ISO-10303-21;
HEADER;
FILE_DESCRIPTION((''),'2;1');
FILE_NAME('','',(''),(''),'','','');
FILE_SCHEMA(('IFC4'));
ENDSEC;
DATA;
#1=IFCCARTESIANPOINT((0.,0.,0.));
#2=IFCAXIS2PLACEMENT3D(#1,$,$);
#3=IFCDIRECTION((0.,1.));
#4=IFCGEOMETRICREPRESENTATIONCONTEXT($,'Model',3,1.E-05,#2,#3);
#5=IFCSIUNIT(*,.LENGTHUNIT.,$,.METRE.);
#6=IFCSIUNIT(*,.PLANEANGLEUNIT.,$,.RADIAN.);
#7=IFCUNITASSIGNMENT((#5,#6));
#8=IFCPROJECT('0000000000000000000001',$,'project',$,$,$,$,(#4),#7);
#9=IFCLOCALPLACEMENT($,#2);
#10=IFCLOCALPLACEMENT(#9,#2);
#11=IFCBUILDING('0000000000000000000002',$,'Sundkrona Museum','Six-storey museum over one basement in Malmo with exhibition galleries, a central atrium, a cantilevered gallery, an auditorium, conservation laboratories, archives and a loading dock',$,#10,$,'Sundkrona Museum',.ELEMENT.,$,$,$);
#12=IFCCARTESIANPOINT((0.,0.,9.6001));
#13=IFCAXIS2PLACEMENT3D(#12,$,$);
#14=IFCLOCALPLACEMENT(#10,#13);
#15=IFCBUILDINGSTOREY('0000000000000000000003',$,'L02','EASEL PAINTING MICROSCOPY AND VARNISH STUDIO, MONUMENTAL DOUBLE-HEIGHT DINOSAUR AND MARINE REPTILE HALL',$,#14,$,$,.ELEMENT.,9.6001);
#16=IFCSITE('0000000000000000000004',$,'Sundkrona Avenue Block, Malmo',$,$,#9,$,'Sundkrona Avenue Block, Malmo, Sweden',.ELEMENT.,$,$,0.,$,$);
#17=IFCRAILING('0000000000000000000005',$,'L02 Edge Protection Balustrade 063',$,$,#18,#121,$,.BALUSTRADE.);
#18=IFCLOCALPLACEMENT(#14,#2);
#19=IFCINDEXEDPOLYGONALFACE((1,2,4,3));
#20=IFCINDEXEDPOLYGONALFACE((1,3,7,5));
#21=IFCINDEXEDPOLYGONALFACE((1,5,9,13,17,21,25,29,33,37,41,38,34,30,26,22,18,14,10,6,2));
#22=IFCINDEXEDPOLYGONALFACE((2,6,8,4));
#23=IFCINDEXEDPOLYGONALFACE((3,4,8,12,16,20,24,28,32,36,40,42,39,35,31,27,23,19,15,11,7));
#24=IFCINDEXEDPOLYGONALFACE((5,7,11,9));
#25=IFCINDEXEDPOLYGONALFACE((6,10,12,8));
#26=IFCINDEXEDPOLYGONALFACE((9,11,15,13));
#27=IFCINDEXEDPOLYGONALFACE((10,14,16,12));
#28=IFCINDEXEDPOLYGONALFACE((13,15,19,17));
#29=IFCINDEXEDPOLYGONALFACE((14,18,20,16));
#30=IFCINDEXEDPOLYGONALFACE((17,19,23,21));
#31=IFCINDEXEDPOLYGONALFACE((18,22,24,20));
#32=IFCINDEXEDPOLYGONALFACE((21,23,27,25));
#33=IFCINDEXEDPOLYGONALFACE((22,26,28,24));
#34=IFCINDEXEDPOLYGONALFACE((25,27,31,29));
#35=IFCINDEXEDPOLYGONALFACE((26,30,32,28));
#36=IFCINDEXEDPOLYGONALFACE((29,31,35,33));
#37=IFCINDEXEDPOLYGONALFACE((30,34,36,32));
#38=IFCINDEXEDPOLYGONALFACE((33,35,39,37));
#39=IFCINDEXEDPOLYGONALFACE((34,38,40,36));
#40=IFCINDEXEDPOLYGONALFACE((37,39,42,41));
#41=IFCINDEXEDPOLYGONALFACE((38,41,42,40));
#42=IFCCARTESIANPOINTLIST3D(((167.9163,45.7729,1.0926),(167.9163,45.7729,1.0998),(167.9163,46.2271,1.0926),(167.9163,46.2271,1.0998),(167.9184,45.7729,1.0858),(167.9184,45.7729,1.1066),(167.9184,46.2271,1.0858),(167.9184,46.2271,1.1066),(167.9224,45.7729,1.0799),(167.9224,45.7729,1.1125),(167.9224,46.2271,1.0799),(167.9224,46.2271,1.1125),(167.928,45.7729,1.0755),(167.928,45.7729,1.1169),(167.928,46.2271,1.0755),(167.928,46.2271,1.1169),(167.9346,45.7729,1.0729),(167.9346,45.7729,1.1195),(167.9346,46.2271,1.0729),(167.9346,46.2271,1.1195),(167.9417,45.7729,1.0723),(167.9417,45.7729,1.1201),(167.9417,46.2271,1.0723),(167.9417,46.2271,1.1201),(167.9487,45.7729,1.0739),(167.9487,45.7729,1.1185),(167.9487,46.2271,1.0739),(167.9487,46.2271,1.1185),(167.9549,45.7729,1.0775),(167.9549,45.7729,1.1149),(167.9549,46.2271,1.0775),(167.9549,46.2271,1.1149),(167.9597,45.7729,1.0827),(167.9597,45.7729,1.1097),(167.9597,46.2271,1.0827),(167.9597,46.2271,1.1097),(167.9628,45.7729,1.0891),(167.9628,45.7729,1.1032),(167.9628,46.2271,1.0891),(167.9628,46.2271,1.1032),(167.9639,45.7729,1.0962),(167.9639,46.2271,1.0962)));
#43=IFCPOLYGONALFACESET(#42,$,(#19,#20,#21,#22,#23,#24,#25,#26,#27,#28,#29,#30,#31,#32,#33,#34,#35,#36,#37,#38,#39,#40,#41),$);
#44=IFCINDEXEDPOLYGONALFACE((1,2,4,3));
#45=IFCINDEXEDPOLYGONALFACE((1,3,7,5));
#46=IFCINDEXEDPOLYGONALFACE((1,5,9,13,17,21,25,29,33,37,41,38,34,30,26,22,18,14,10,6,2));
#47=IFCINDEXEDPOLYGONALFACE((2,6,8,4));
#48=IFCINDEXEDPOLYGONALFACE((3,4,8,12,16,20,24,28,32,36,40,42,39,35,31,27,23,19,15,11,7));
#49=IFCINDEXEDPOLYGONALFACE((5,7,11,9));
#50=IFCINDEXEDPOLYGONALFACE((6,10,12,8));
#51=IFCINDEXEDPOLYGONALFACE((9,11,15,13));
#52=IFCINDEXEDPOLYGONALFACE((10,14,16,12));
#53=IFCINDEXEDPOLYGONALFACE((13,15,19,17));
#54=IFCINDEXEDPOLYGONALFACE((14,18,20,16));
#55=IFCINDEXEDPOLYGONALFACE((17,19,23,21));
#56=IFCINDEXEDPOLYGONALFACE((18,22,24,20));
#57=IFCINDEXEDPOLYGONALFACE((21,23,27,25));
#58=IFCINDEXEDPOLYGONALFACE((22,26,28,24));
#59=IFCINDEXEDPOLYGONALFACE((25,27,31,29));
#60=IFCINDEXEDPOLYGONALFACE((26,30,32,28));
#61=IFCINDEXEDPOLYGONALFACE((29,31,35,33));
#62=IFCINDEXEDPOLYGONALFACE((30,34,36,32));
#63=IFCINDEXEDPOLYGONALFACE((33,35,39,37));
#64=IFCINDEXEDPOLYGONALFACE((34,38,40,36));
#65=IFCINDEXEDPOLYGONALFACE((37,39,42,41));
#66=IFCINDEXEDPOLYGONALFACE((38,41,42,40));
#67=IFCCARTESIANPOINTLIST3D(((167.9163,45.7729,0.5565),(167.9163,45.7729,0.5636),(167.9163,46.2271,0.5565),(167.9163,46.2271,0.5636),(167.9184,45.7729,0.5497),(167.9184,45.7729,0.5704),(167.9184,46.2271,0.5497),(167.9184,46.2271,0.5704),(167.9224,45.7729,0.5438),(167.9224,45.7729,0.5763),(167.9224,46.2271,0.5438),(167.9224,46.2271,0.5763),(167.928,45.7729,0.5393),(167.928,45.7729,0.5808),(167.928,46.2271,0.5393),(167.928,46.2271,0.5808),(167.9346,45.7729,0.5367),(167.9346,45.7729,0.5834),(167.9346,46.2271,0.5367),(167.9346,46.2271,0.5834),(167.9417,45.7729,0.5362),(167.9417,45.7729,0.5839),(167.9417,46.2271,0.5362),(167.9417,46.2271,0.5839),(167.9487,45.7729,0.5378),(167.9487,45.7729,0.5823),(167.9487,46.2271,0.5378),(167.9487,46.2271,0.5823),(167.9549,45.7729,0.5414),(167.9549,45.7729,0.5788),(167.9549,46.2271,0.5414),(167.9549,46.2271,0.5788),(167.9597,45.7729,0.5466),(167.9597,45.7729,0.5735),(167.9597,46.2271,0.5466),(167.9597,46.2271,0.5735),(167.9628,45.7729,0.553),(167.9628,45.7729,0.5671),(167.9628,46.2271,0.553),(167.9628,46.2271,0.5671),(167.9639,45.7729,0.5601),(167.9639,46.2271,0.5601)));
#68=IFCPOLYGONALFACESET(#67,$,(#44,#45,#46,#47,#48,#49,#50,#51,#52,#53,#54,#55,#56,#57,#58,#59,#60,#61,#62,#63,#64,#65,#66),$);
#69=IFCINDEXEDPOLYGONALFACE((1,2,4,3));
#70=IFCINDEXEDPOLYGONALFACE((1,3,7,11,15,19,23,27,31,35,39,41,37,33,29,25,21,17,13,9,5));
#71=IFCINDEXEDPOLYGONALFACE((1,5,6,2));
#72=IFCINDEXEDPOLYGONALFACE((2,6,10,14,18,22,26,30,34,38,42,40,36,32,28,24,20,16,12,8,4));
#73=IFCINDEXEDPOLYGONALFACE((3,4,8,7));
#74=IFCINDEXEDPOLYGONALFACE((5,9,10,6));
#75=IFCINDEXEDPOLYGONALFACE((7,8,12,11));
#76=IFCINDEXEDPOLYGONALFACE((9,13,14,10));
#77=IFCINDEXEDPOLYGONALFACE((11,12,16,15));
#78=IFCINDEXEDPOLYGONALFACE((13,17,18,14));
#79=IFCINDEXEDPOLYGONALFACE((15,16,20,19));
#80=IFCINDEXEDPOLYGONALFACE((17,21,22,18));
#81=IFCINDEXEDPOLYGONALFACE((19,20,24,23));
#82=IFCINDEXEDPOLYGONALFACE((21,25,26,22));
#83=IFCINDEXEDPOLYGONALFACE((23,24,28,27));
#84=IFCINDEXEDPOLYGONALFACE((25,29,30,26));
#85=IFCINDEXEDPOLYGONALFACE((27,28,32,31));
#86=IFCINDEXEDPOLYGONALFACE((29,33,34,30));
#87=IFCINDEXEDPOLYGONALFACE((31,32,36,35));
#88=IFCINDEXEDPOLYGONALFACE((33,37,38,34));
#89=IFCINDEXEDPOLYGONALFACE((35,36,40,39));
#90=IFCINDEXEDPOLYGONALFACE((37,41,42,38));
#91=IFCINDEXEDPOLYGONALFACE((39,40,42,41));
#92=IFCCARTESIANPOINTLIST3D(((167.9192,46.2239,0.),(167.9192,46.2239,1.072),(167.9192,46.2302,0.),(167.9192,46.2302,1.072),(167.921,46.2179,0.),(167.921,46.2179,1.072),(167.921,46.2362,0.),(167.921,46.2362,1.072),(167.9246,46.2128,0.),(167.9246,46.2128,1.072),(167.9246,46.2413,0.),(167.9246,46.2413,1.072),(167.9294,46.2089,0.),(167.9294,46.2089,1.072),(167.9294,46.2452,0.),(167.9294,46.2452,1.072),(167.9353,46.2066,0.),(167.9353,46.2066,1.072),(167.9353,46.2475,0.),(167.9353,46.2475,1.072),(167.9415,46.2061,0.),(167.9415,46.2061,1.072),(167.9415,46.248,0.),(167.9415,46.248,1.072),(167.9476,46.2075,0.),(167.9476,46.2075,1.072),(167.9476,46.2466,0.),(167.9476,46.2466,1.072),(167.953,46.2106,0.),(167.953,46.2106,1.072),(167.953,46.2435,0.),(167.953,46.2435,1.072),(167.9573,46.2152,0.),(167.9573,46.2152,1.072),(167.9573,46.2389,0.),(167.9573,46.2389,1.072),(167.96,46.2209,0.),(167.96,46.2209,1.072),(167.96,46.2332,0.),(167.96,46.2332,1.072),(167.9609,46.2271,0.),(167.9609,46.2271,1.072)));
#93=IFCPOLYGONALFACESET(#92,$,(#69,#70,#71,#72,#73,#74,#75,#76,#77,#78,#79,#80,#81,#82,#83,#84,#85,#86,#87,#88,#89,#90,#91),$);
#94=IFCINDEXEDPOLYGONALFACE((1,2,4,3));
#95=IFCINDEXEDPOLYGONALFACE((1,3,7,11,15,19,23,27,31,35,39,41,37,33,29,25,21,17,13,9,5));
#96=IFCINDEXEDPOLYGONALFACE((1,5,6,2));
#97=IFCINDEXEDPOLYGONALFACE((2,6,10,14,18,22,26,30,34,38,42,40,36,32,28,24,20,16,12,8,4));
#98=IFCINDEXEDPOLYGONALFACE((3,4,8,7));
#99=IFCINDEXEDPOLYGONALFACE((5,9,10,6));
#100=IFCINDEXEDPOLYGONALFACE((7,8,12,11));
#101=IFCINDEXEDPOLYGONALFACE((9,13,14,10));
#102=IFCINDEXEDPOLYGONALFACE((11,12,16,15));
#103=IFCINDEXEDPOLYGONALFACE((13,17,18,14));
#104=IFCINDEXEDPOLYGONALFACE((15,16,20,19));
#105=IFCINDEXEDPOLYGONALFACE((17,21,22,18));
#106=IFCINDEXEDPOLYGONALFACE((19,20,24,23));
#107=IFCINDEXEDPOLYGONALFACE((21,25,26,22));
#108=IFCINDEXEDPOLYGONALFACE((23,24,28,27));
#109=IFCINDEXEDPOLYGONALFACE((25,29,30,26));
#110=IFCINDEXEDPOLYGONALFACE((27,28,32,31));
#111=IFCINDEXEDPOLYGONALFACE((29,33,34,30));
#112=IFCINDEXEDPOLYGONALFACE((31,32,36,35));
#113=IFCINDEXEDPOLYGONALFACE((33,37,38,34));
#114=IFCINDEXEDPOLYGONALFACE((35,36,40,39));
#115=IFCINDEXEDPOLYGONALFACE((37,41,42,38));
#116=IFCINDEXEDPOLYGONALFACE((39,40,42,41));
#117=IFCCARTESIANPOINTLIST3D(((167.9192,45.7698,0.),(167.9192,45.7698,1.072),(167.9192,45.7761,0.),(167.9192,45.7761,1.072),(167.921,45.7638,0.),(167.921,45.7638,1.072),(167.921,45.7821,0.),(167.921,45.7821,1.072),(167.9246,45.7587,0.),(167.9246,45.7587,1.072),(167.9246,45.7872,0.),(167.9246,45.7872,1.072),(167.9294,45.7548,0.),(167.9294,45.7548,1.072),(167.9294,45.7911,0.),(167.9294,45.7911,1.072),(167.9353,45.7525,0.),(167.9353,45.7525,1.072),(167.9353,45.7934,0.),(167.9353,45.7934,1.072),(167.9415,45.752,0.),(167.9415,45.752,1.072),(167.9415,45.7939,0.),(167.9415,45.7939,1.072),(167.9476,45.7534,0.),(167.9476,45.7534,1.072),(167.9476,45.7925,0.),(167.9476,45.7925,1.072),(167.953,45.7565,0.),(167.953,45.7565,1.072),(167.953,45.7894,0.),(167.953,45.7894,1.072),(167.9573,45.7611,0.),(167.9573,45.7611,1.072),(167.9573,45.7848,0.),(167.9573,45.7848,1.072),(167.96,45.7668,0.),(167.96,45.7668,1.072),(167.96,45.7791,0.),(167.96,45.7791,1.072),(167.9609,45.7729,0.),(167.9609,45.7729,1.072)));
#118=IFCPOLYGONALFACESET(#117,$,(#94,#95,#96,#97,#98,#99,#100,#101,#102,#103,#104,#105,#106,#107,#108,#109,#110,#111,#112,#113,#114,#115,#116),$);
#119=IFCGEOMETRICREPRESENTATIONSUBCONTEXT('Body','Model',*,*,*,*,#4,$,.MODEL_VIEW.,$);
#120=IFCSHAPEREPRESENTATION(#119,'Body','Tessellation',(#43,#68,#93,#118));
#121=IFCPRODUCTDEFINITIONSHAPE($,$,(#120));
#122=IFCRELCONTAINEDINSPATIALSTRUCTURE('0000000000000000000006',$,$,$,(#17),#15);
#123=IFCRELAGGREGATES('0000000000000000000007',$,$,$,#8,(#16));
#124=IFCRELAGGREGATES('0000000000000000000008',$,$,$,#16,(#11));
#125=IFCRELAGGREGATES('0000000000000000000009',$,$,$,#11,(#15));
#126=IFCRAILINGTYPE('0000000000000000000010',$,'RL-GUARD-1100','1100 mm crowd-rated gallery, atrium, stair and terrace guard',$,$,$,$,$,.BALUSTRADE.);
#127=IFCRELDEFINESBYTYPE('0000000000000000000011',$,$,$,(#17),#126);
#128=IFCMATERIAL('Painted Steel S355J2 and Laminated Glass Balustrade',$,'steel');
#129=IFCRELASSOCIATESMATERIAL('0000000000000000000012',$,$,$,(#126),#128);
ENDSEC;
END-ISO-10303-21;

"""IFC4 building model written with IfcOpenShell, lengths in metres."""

from ifc_helpers import new_model, si_unit, direction, frame, origin, origin_2d, place, context, subcontext, project, spatial, circle, extrude, material, type_object, element, save


model = new_model("IFC4")

# Units and contexts
model_context = context("Model", 3, precision=1e-05, world=origin(), true_north=direction((0.0, 1.0)))
body_context = subcontext(model_context, "Body", "Model", "MODEL_VIEW")
ifc_project = project(units=[si_unit("LENGTHUNIT", "METRE"), si_unit("PLANEANGLEUNIT", "RADIAN")], contexts=[model_context])

# Site, building, storey
site_placement = place(None, origin())
site = spatial("IfcSite", under=ifc_project, at=site_placement, Name="Sundkrona Avenue Block, Malmo", LongName="Sundkrona Avenue Block, Malmo, Sweden", CompositionType="ELEMENT", RefElevation=0.0)
building_placement = place(site_placement, origin())
building = spatial("IfcBuilding", under=site, at=building_placement, Name="Sundkrona Museum", Description="Six-storey museum over one basement in Malmo with exhibition galleries, a central atrium, a cantilevered gallery, an auditorium, conservation laboratories, archives and a loading dock", LongName="Sundkrona Museum", CompositionType="ELEMENT")
storey_placement = place(building_placement, frame((0.0, 0.0, 9.6001)))
storey = spatial("IfcBuildingStorey", under=building, at=storey_placement, Name="L02", Description="EASEL PAINTING MICROSCOPY AND VARNISH STUDIO, MONUMENTAL DOUBLE-HEIGHT DINOSAUR AND MARINE REPTILE HALL", CompositionType="ELEMENT", Elevation=9.6001)

# Railing
ifc_material_1 = material(Name="Painted Steel S355J2 and Laminated Glass Balustrade", Category="steel")
railing_type = type_object("IfcRailingType", Name="RL-GUARD-1100", Description="1100 mm crowd-rated gallery, atrium, stair and terrace guard", PredefinedType="BALUSTRADE", material=ifc_material_1)
railing_placement = place(storey_placement, frame((167.9399, 46.2271, 0.0)))
element("IfcRailing", 1, at=railing_placement, inside=storey, type_object=railing_type, Name="L02 Edge Protection Balustrade 063", PredefinedType="BALUSTRADE", context=body_context, shape_type="SweptSolid", body=[
    extrude(circle(Radius=0.0239, at=origin_2d()), frame((0.0, 0.0, 1.0962), z_axis=(0.0, -1.0, 0.0), x_axis=(1.0, 0.0, 0.0)), (0.0, 0.0, 1.0), 0.4541),
    extrude(circle(Radius=0.0239, at=origin_2d()), frame((0.0, 0.0, 0.5601), z_axis=(0.0, -1.0, 0.0), x_axis=(1.0, 0.0, 0.0)), (0.0, 0.0, 1.0), 0.4541),
    extrude(circle(Radius=0.021, at=origin_2d()), origin(), (0.0, 0.0, 1.0), 1.072),
    extrude(circle(Radius=0.021, at=origin_2d()), frame((0.0, -0.4541, 0.0)), (0.0, 0.0, 1.0), 1.072),
])

save(model, "model.ifc")
